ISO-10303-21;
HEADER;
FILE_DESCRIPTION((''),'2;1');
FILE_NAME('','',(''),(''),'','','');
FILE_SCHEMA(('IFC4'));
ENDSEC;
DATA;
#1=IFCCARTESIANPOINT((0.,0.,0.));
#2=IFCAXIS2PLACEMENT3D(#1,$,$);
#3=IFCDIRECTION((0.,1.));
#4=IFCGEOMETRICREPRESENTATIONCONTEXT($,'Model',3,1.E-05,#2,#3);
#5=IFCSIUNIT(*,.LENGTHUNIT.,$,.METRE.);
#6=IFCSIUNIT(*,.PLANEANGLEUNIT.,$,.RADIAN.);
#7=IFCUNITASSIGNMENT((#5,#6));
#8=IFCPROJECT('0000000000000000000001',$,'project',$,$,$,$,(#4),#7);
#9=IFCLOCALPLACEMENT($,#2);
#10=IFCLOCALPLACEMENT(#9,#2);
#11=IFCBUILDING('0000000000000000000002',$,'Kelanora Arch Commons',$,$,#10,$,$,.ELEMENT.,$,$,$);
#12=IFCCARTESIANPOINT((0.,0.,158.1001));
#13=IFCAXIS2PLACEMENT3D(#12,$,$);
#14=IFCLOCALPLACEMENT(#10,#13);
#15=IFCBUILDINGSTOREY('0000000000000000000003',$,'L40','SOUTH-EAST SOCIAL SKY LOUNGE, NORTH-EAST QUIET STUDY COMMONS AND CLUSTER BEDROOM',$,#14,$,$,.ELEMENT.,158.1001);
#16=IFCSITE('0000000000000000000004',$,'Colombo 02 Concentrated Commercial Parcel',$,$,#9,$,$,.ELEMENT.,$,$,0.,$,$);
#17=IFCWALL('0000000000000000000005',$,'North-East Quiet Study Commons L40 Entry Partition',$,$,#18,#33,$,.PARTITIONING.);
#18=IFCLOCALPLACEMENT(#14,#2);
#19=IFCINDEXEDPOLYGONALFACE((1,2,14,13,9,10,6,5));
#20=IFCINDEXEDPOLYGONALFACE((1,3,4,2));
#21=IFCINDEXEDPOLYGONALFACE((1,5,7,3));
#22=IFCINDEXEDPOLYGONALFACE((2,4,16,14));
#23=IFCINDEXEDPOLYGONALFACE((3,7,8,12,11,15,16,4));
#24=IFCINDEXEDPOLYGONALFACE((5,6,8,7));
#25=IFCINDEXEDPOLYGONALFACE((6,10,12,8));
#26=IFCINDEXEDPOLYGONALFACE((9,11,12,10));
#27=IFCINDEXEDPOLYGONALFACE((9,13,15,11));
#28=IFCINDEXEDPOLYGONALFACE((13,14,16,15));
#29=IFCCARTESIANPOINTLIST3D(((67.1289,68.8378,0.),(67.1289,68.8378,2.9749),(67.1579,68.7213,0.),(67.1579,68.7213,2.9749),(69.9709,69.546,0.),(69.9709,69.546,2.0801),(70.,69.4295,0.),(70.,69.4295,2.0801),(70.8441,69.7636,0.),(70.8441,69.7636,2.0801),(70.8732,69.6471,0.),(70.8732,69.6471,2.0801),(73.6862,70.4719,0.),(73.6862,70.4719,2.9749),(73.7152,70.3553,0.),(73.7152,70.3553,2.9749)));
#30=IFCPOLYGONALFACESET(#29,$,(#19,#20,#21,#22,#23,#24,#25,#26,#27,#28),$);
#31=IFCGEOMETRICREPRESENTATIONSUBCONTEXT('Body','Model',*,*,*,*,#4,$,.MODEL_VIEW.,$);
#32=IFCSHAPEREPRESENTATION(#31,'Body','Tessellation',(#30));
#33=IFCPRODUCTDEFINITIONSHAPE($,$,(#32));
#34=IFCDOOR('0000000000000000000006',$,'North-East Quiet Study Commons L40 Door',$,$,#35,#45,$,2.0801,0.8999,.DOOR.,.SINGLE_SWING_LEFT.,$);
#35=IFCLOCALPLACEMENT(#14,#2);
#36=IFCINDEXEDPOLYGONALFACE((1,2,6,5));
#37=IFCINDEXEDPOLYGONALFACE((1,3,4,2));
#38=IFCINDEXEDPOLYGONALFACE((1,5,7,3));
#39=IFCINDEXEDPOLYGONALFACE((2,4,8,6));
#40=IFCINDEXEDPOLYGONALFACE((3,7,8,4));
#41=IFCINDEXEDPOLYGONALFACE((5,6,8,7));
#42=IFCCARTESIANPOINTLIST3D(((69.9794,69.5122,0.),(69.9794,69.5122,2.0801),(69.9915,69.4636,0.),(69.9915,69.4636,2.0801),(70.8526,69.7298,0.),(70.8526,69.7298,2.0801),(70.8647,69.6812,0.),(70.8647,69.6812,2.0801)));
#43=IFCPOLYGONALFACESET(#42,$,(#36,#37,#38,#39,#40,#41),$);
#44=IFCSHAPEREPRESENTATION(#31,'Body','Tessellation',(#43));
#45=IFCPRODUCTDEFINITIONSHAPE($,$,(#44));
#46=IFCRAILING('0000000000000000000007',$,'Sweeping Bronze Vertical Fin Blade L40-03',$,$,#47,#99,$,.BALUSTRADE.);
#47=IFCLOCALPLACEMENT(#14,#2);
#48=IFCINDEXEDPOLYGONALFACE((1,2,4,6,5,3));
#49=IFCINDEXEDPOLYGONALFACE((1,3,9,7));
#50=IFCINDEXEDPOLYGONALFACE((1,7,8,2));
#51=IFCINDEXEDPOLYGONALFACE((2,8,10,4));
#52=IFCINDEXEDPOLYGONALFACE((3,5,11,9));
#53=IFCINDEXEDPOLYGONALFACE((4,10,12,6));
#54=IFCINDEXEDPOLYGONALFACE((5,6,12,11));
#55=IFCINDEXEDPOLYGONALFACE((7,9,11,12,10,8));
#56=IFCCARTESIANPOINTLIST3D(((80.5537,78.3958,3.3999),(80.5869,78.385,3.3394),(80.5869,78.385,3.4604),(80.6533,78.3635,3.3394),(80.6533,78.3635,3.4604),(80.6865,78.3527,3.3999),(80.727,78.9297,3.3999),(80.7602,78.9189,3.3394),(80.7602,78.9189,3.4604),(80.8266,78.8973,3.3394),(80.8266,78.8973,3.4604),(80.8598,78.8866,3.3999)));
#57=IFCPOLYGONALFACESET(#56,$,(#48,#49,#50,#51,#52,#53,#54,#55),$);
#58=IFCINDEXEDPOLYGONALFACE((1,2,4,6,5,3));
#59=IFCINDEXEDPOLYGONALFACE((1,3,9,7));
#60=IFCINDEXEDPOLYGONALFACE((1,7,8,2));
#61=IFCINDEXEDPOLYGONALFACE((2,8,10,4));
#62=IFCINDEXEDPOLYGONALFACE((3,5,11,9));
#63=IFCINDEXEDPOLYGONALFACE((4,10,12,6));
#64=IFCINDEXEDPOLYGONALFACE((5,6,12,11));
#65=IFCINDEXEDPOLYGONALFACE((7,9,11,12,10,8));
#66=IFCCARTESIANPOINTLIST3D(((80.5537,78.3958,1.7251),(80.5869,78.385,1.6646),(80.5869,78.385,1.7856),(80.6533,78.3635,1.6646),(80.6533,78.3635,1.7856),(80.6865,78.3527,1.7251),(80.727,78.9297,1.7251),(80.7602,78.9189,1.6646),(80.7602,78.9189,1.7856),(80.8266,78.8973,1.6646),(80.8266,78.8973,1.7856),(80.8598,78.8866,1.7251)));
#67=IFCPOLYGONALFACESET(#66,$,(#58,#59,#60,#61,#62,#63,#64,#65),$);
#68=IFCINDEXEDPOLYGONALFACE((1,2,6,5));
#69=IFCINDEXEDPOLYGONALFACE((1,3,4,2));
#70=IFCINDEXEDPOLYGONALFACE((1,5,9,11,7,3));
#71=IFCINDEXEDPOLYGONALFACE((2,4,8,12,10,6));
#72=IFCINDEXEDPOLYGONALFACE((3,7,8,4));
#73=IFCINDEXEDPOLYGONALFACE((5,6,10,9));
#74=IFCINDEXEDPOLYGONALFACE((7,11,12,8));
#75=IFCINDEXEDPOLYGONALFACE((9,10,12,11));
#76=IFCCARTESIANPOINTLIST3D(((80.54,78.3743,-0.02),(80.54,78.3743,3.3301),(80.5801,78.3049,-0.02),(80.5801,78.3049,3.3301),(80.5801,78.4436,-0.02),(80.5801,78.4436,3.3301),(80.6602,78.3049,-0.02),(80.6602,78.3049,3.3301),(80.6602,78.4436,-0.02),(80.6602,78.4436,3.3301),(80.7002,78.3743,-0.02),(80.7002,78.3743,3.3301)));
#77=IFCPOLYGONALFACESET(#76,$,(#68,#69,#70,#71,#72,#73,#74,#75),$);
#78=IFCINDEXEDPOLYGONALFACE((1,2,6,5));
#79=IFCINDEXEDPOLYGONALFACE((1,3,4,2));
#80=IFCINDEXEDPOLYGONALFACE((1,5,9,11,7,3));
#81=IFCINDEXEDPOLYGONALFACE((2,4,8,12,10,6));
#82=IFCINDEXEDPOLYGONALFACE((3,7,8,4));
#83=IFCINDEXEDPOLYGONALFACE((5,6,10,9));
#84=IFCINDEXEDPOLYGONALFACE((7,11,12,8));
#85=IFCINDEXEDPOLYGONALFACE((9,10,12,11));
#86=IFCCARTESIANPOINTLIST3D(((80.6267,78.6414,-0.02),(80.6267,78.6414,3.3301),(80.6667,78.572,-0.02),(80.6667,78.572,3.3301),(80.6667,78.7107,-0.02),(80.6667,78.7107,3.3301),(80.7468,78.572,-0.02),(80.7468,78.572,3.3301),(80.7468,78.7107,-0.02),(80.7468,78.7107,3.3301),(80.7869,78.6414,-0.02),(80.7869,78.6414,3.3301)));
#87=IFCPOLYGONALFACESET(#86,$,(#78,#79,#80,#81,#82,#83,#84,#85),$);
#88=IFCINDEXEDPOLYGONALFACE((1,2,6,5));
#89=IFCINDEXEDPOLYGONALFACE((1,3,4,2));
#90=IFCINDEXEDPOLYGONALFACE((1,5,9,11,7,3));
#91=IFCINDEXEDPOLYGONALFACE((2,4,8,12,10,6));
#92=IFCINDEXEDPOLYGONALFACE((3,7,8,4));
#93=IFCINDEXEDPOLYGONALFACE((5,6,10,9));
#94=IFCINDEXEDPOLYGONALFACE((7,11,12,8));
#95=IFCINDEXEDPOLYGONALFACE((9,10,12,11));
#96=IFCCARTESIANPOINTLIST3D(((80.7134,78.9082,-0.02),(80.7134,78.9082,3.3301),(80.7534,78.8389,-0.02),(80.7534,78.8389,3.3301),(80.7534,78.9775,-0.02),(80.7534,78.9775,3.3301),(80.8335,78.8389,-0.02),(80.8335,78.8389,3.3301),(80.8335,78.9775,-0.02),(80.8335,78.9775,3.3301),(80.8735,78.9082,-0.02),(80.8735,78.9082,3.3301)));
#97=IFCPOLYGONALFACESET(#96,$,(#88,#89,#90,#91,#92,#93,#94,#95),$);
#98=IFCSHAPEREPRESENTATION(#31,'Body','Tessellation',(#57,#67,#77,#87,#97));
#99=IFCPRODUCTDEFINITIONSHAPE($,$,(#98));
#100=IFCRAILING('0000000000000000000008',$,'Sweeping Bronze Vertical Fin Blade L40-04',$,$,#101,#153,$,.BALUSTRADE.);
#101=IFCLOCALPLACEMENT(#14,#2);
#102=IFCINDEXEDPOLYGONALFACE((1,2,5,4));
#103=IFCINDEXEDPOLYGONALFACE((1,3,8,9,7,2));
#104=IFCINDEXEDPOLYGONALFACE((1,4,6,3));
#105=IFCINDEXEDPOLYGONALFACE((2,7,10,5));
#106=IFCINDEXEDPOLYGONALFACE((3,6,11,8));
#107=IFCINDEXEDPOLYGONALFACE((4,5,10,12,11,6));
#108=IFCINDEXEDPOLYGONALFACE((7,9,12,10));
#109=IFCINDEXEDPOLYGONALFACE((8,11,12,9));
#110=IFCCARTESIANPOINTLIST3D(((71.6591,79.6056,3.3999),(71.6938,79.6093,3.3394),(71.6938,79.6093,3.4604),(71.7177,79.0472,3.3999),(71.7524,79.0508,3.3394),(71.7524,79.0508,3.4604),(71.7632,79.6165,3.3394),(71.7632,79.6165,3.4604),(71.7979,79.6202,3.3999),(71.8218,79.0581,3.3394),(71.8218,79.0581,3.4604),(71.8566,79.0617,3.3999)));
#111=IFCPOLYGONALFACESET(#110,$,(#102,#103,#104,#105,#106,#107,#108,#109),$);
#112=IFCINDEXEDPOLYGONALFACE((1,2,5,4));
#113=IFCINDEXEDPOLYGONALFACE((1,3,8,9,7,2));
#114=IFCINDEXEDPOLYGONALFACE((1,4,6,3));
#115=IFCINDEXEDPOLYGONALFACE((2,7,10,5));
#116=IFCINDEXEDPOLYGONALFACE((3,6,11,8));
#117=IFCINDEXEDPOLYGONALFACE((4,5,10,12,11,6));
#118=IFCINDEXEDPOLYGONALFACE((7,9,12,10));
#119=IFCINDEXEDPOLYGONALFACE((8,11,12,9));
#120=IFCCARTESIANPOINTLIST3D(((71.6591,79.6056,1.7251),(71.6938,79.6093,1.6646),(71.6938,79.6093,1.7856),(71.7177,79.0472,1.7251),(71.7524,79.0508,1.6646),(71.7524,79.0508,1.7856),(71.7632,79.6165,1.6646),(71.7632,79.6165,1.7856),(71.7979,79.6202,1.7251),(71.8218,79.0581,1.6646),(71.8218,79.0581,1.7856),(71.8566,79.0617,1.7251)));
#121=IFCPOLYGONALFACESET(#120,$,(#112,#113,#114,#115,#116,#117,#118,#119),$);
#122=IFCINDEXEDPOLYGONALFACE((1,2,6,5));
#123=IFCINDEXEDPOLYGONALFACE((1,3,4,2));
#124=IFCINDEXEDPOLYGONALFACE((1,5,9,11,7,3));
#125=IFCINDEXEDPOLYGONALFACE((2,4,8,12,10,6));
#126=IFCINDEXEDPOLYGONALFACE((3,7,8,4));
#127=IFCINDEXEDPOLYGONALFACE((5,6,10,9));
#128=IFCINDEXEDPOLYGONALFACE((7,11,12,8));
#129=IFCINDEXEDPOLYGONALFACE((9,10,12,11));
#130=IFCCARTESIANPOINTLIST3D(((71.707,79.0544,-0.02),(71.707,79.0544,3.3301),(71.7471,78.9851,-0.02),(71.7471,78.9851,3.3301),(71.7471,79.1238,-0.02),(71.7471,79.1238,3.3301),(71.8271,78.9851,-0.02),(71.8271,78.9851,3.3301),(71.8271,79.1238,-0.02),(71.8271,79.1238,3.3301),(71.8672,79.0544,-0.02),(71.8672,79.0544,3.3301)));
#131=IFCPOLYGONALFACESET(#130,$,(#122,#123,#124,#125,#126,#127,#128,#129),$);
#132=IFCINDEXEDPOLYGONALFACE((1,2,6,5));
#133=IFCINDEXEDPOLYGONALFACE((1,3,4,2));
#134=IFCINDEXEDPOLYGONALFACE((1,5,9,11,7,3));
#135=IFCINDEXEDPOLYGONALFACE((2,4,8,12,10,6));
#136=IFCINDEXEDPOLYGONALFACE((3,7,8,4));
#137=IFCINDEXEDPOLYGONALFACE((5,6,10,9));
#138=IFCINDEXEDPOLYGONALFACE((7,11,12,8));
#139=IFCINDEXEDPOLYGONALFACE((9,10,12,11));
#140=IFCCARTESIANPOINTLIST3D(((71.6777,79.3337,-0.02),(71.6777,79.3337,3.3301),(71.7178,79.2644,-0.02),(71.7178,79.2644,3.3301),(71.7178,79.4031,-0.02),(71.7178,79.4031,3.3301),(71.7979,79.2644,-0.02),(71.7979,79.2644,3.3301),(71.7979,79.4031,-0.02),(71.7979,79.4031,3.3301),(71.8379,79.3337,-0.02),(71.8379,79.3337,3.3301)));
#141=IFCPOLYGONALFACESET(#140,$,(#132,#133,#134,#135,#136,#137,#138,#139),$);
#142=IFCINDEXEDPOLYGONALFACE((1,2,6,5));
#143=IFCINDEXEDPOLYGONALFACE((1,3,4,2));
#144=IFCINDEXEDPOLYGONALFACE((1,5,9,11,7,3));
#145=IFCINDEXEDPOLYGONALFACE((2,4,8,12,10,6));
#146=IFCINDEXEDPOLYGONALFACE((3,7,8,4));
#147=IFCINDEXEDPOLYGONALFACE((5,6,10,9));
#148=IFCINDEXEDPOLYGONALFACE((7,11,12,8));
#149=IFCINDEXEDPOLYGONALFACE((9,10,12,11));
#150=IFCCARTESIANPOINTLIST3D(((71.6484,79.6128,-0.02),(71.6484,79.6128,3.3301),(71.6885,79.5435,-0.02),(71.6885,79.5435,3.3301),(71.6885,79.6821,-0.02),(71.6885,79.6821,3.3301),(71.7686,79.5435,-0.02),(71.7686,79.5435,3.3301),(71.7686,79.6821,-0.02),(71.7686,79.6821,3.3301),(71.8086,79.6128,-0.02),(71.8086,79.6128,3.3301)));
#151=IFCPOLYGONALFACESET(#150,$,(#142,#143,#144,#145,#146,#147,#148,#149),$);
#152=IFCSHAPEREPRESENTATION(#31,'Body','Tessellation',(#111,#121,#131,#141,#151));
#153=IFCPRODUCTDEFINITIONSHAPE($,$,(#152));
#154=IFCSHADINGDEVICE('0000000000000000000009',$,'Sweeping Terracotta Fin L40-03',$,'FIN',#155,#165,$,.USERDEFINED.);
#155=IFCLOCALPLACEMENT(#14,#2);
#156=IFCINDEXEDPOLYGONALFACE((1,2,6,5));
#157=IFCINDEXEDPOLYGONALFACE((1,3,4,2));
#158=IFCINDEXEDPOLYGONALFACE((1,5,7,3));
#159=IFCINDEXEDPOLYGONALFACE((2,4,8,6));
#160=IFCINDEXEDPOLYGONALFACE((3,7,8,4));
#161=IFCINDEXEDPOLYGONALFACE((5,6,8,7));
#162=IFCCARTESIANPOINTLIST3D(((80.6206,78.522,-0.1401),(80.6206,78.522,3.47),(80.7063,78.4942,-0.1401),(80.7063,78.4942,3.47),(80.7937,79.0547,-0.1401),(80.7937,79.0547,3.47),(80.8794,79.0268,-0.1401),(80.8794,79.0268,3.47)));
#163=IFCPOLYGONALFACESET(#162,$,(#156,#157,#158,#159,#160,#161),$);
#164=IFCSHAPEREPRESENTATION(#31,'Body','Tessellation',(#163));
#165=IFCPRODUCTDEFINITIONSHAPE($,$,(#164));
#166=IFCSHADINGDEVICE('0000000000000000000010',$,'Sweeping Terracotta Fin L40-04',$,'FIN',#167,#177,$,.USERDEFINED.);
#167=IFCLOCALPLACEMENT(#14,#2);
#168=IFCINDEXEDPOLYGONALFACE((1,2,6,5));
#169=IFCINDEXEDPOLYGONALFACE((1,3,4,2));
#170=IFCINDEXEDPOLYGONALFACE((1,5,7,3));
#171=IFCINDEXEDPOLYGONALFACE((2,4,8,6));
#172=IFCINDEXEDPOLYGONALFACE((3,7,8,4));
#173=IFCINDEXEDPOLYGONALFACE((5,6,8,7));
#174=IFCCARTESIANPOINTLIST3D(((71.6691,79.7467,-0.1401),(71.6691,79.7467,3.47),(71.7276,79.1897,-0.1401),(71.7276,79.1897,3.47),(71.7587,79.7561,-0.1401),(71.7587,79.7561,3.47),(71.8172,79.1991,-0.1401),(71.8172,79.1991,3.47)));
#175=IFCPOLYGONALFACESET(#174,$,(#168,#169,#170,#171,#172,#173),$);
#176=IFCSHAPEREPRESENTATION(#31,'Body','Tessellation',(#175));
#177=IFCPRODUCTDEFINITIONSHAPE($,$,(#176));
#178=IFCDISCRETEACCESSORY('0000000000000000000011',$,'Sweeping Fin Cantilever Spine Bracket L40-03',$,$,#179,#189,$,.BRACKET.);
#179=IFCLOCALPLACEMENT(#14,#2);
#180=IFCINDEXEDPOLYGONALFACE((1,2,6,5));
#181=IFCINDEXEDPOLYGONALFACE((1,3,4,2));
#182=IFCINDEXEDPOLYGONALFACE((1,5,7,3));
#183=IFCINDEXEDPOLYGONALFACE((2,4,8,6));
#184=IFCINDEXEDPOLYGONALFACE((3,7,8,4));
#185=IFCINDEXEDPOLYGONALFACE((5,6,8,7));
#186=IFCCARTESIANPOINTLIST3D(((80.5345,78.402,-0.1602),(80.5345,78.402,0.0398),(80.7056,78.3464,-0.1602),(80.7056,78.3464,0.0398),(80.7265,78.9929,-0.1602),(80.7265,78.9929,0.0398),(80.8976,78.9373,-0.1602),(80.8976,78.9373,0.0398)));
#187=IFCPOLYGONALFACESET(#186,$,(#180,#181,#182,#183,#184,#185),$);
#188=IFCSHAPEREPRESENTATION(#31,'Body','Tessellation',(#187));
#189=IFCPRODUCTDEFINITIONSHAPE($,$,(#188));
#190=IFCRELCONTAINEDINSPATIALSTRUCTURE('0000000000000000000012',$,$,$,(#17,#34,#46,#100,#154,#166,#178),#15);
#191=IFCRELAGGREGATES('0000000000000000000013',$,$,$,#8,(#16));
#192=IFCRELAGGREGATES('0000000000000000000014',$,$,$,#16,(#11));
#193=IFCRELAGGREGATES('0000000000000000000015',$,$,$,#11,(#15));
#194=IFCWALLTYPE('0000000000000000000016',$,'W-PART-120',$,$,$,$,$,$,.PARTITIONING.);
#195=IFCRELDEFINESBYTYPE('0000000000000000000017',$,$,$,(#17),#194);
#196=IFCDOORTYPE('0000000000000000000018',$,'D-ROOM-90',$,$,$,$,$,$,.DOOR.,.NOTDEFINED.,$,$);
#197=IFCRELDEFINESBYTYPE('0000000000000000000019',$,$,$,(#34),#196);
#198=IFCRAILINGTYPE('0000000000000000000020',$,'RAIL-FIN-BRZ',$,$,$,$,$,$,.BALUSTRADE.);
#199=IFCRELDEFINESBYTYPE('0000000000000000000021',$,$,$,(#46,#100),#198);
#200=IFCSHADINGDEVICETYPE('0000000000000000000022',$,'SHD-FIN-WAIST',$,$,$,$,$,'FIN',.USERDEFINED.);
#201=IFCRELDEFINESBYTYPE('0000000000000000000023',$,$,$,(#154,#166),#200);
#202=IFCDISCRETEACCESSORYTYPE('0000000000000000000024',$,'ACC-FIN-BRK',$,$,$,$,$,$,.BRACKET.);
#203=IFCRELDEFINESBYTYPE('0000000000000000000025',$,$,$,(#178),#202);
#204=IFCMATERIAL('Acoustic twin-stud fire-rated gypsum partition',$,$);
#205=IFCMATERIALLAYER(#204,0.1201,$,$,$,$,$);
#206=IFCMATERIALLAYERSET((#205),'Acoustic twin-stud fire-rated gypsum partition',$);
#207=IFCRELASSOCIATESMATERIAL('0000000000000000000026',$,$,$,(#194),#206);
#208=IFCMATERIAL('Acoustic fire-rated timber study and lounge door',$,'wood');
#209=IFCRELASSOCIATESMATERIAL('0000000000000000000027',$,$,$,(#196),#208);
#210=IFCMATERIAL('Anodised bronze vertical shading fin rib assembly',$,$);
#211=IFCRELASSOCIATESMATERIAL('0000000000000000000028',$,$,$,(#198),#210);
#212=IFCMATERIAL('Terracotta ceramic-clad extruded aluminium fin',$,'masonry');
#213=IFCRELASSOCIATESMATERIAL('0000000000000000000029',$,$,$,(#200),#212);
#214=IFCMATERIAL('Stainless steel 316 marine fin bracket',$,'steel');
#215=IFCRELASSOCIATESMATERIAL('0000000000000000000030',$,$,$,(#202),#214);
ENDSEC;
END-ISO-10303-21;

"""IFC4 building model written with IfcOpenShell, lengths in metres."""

from ifc_helpers import new_model, si_unit, direction, frame, frame_2d, origin, origin_2d, place, context, subcontext, project, spatial, polyline, rectangle, outline, extrude, source, transform, mapped, material, layer, layer_set, type_object, element, fill, save


model = new_model("IFC4")

# Units and contexts
model_context = context("Model", 3, precision=1e-05, world=origin(), true_north=direction((0.0, 1.0)))
body_context = subcontext(model_context, "Body", "Model", "MODEL_VIEW")
ifc_project = project(units=[si_unit("LENGTHUNIT", "METRE"), si_unit("PLANEANGLEUNIT", "RADIAN")], contexts=[model_context])

# Site, building, storey
site_placement = place(None, origin())
site = spatial("IfcSite", under=ifc_project, at=site_placement, Name="Colombo 02 Concentrated Commercial Parcel", CompositionType="ELEMENT", RefElevation=0.0)
building_placement = place(site_placement, origin())
building = spatial("IfcBuilding", under=site, at=building_placement, Name="Kelanora Arch Commons", CompositionType="ELEMENT")
storey_placement = place(building_placement, frame((0.0, 0.0, 158.1001)))
storey = spatial("IfcBuildingStorey", under=building, at=storey_placement, Name="L40", Description="SOUTH-EAST SOCIAL SKY LOUNGE, NORTH-EAST QUIET STUDY COMMONS AND CLUSTER BEDROOM", CompositionType="ELEMENT", Elevation=158.1001)

# Wall, opening, door
ifc_material_1 = material(Name="Acoustic twin-stud fire-rated gypsum partition")
ifc_layer_1 = layer(ifc_material_1, 0.1201)
ifc_layer_set_1 = layer_set([ifc_layer_1], Name="Acoustic twin-stud fire-rated gypsum partition")
wall_type_1 = type_object("IfcWallType", Name="W-PART-120", PredefinedType="PARTITIONING", material=ifc_layer_set_1)
wall_1_placement = place(storey_placement, frame((73.7007, 70.4136, 0.0), z_axis=(0.0, 0.0, 1.0), x_axis=(-0.970327, -0.241796, 0.0)))
wall_1 = element("IfcWall", 1, at=wall_1_placement, inside=storey, type_object=wall_type_1, Name="North-East Quiet Study Commons L40 Entry Partition", PredefinedType="PARTITIONING", context=body_context, shape_type="SweptSolid", body=[
    extrude(rectangle(XDim=6.7578, YDim=0.1201, at=frame_2d((3.3789, 0.0))), origin(), (0.0, 0.0, 1.0), 2.9749),
])
opening_1_placement = place(wall_1_placement, frame((2.929, 0.0, 0.0)))
opening_1 = element("IfcOpeningElement", 2, at=opening_1_placement, cuts=wall_1, PredefinedType="OPENING", context=body_context, shape_type="SweptSolid", body=[
    extrude(rectangle(XDim=0.8999, YDim=2.0801, at=frame_2d((0.45, 1.04))), frame((0.0, 0.0701, 0.0), z_axis=(0.0, -1.0, 0.0), x_axis=(1.0, 0.0, 0.0)), (0.0, 0.0, 1.0), 0.1401),
])
ifc_material_2 = material(Name="Acoustic fire-rated timber study and lounge door", Category="wood")
door_type = type_object("IfcDoorType", Name="D-ROOM-90", OperationType="NOTDEFINED", PredefinedType="DOOR", material=ifc_material_2)
door_placement = place(opening_1_placement, origin())
door = element("IfcDoor", 3, at=door_placement, inside=storey, type_object=door_type, Name="North-East Quiet Study Commons L40 Door", OperationType="SINGLE_SWING_LEFT", OverallHeight=2.0801, OverallWidth=0.8999, PredefinedType="DOOR", context=body_context, shape_type="SweptSolid", body=[
    extrude(rectangle(XDim=0.8999, YDim=2.0801, at=frame_2d((0.45, 1.04))), frame((0.0, 0.0249, 0.0), z_axis=(0.0, -1.0, 0.0), x_axis=(1.0, 0.0, 0.0)), (0.0, 0.0, 1.0), 0.05),
])
fill(opening_1, door)

# Railings
ifc_material_3 = material(Name="Anodised bronze vertical shading fin rib assembly")
railing_type = type_object("IfcRailingType", Name="RAIL-FIN-BRZ", PredefinedType="BALUSTRADE", material=ifc_material_3)
railing_1_placement = place(storey_placement, frame((80.6201, 78.3743, -0.02)))
element("IfcRailing", 4, at=railing_1_placement, inside=storey, type_object=railing_type, Name="Sweeping Bronze Vertical Fin Blade L40-03", PredefinedType="BALUSTRADE", context=body_context, shape_type="SweptSolid", body=[
    extrude(outline(polyline([(0.0698, 0.0), (0.0349, 0.0605), (-0.0349, 0.0605), (-0.0698, 0.0), (-0.0349, -0.0605), (0.0349, -0.0605), (0.0698, 0.0)])), frame((0.0, 0.0, 3.4199), z_axis=(0.308781, 0.951133, 0.0), x_axis=(-0.951133, 0.308781, 0.0)), (0.0, 0.0, 1.0), 0.5613),
    extrude(outline(polyline([(0.0698, 0.0), (0.0349, 0.0605), (-0.0349, 0.0605), (-0.0698, 0.0), (-0.0349, -0.0605), (0.0349, -0.0605), (0.0698, 0.0)])), frame((0.0, 0.0, 1.7451), z_axis=(0.308781, 0.951133, 0.0), x_axis=(-0.951133, 0.308781, 0.0)), (0.0, 0.0, 1.0), 0.5613),
    extrude(outline(polyline([(0.0801, 0.0), (0.04, 0.0693), (-0.04, 0.0693), (-0.0801, 0.0), (-0.04, -0.0693), (0.04, -0.0693), (0.0801, 0.0)])), origin(), (0.0, 0.0, 1.0), 3.3501),
    extrude(outline(polyline([(0.0801, 0.0), (0.04, 0.0693), (-0.04, 0.0693), (-0.0801, 0.0), (-0.04, -0.0693), (0.04, -0.0693), (0.0801, 0.0)])), frame((0.0867, 0.2671, 0.0)), (0.0, 0.0, 1.0), 3.3501),
    extrude(outline(polyline([(0.0801, 0.0), (0.04, 0.0693), (-0.04, 0.0693), (-0.0801, 0.0), (-0.04, -0.0693), (0.04, -0.0693), (0.0801, 0.0)])), frame((0.1733, 0.5339, 0.0)), (0.0, 0.0, 1.0), 3.3501),
])
railing_2_placement = place(storey_placement, frame((71.7871, 79.0544, -0.02)))
element("IfcRailing", 5, at=railing_2_placement, inside=storey, type_object=railing_type, Name="Sweeping Bronze Vertical Fin Blade L40-04", PredefinedType="BALUSTRADE", context=body_context, shape_type="SweptSolid", body=[
    extrude(outline(polyline([(0.0698, 0.0), (0.0349, 0.0605), (-0.0349, 0.0605), (-0.0698, 0.0), (-0.0349, -0.0605), (0.0349, -0.0605), (0.0698, 0.0)])), frame((0.0, 0.0, 3.4199), z_axis=(-0.104368, 0.994539, 0.0), x_axis=(-0.994539, -0.104368, 0.0)), (0.0, 0.0, 1.0), 0.5615),
    extrude(outline(polyline([(0.0698, 0.0), (0.0349, 0.0605), (-0.0349, 0.0605), (-0.0698, 0.0), (-0.0349, -0.0605), (0.0349, -0.0605), (0.0698, 0.0)])), frame((0.0, 0.0, 1.7451), z_axis=(-0.104368, 0.994539, 0.0), x_axis=(-0.994539, -0.104368, 0.0)), (0.0, 0.0, 1.0), 0.5615),
    extrude(outline(polyline([(0.0801, 0.0), (0.04, 0.0693), (-0.04, 0.0693), (-0.0801, 0.0), (-0.04, -0.0693), (0.04, -0.0693), (0.0801, 0.0)])), origin(), (0.0, 0.0, 1.0), 3.3501),
    extrude(outline(polyline([(0.0801, 0.0), (0.04, 0.0693), (-0.04, 0.0693), (-0.0801, 0.0), (-0.04, -0.0693), (0.04, -0.0693), (0.0801, 0.0)])), frame((-0.0293, 0.2793, 0.0)), (0.0, 0.0, 1.0), 3.3501),
    extrude(outline(polyline([(0.0801, 0.0), (0.04, 0.0693), (-0.04, 0.0693), (-0.0801, 0.0), (-0.04, -0.0693), (0.04, -0.0693), (0.0801, 0.0)])), frame((-0.0586, 0.5583, 0.0)), (0.0, 0.0, 1.0), 3.3501),
])

# Shading devices
ifc_material_4 = material(Name="Terracotta ceramic-clad extruded aluminium fin", Category="masonry")
shading_device_type = type_object("IfcShadingDeviceType", Name="SHD-FIN-WAIST", ElementType="FIN", PredefinedType="USERDEFINED", material=ifc_material_4)
shared_shape_1 = source(origin(), body_context, "Body", "SweptSolid", [
    extrude(rectangle(XDim=0.5601, YDim=0.0901, at=origin_2d()), origin(), (0.0, 0.0, 1.0), 3.6101),
])
for number, where, z_axis, x_axis, name in (
    (6, (80.75, 78.7744, -0.1401), (0.0, 0.0, 1.0), (0.309017, 0.951057, 0.0), "Sweeping Terracotta Fin L40-03"),
    (7, (71.7432, 79.4729, -0.1401), (0.0, 0.0, 1.0), (-0.104528, 0.994522, 0.0), "Sweeping Terracotta Fin L40-04"),
):
    element("IfcShadingDevice", number, at=place(storey_placement, frame(where, z_axis=z_axis, x_axis=x_axis)), inside=storey, type_object=shading_device_type, Name=name, ObjectType="FIN", PredefinedType="USERDEFINED", context=body_context, shape_type="MappedRepresentation", body=[
        mapped(shared_shape_1, transform((0.0, 0.0, 0.0), scale=1.0)),
    ])

# Discrete accessory
ifc_material_5 = material(Name="Stainless steel 316 marine fin bracket", Category="steel")
discrete_accessory_type = type_object("IfcDiscreteAccessoryType", Name="ACC-FIN-BRK", PredefinedType="BRACKET", material=ifc_material_5)
shared_shape_2 = source(origin(), body_context, "Body", "SweptSolid", [
    extrude(rectangle(XDim=0.6213, YDim=0.1799, at=origin_2d()), origin(), (0.0, 0.0, 1.0), 0.2),
])
for number, where, z_axis, x_axis, name in (
    (8, (80.7161, 78.6697, -0.1602), (0.0, 0.0, 1.0), (0.309017, 0.951057, 0.0), "Sweeping Fin Cantilever Spine Bracket L40-03"),
):
    element("IfcDiscreteAccessory", number, at=place(storey_placement, frame(where, z_axis=z_axis, x_axis=x_axis)), inside=storey, type_object=discrete_accessory_type, Name=name, PredefinedType="BRACKET", context=body_context, shape_type="MappedRepresentation", body=[
        mapped(shared_shape_2, transform((0.0, 0.0, 0.0), scale=1.0)),
    ])

save(model, "model.ifc")
